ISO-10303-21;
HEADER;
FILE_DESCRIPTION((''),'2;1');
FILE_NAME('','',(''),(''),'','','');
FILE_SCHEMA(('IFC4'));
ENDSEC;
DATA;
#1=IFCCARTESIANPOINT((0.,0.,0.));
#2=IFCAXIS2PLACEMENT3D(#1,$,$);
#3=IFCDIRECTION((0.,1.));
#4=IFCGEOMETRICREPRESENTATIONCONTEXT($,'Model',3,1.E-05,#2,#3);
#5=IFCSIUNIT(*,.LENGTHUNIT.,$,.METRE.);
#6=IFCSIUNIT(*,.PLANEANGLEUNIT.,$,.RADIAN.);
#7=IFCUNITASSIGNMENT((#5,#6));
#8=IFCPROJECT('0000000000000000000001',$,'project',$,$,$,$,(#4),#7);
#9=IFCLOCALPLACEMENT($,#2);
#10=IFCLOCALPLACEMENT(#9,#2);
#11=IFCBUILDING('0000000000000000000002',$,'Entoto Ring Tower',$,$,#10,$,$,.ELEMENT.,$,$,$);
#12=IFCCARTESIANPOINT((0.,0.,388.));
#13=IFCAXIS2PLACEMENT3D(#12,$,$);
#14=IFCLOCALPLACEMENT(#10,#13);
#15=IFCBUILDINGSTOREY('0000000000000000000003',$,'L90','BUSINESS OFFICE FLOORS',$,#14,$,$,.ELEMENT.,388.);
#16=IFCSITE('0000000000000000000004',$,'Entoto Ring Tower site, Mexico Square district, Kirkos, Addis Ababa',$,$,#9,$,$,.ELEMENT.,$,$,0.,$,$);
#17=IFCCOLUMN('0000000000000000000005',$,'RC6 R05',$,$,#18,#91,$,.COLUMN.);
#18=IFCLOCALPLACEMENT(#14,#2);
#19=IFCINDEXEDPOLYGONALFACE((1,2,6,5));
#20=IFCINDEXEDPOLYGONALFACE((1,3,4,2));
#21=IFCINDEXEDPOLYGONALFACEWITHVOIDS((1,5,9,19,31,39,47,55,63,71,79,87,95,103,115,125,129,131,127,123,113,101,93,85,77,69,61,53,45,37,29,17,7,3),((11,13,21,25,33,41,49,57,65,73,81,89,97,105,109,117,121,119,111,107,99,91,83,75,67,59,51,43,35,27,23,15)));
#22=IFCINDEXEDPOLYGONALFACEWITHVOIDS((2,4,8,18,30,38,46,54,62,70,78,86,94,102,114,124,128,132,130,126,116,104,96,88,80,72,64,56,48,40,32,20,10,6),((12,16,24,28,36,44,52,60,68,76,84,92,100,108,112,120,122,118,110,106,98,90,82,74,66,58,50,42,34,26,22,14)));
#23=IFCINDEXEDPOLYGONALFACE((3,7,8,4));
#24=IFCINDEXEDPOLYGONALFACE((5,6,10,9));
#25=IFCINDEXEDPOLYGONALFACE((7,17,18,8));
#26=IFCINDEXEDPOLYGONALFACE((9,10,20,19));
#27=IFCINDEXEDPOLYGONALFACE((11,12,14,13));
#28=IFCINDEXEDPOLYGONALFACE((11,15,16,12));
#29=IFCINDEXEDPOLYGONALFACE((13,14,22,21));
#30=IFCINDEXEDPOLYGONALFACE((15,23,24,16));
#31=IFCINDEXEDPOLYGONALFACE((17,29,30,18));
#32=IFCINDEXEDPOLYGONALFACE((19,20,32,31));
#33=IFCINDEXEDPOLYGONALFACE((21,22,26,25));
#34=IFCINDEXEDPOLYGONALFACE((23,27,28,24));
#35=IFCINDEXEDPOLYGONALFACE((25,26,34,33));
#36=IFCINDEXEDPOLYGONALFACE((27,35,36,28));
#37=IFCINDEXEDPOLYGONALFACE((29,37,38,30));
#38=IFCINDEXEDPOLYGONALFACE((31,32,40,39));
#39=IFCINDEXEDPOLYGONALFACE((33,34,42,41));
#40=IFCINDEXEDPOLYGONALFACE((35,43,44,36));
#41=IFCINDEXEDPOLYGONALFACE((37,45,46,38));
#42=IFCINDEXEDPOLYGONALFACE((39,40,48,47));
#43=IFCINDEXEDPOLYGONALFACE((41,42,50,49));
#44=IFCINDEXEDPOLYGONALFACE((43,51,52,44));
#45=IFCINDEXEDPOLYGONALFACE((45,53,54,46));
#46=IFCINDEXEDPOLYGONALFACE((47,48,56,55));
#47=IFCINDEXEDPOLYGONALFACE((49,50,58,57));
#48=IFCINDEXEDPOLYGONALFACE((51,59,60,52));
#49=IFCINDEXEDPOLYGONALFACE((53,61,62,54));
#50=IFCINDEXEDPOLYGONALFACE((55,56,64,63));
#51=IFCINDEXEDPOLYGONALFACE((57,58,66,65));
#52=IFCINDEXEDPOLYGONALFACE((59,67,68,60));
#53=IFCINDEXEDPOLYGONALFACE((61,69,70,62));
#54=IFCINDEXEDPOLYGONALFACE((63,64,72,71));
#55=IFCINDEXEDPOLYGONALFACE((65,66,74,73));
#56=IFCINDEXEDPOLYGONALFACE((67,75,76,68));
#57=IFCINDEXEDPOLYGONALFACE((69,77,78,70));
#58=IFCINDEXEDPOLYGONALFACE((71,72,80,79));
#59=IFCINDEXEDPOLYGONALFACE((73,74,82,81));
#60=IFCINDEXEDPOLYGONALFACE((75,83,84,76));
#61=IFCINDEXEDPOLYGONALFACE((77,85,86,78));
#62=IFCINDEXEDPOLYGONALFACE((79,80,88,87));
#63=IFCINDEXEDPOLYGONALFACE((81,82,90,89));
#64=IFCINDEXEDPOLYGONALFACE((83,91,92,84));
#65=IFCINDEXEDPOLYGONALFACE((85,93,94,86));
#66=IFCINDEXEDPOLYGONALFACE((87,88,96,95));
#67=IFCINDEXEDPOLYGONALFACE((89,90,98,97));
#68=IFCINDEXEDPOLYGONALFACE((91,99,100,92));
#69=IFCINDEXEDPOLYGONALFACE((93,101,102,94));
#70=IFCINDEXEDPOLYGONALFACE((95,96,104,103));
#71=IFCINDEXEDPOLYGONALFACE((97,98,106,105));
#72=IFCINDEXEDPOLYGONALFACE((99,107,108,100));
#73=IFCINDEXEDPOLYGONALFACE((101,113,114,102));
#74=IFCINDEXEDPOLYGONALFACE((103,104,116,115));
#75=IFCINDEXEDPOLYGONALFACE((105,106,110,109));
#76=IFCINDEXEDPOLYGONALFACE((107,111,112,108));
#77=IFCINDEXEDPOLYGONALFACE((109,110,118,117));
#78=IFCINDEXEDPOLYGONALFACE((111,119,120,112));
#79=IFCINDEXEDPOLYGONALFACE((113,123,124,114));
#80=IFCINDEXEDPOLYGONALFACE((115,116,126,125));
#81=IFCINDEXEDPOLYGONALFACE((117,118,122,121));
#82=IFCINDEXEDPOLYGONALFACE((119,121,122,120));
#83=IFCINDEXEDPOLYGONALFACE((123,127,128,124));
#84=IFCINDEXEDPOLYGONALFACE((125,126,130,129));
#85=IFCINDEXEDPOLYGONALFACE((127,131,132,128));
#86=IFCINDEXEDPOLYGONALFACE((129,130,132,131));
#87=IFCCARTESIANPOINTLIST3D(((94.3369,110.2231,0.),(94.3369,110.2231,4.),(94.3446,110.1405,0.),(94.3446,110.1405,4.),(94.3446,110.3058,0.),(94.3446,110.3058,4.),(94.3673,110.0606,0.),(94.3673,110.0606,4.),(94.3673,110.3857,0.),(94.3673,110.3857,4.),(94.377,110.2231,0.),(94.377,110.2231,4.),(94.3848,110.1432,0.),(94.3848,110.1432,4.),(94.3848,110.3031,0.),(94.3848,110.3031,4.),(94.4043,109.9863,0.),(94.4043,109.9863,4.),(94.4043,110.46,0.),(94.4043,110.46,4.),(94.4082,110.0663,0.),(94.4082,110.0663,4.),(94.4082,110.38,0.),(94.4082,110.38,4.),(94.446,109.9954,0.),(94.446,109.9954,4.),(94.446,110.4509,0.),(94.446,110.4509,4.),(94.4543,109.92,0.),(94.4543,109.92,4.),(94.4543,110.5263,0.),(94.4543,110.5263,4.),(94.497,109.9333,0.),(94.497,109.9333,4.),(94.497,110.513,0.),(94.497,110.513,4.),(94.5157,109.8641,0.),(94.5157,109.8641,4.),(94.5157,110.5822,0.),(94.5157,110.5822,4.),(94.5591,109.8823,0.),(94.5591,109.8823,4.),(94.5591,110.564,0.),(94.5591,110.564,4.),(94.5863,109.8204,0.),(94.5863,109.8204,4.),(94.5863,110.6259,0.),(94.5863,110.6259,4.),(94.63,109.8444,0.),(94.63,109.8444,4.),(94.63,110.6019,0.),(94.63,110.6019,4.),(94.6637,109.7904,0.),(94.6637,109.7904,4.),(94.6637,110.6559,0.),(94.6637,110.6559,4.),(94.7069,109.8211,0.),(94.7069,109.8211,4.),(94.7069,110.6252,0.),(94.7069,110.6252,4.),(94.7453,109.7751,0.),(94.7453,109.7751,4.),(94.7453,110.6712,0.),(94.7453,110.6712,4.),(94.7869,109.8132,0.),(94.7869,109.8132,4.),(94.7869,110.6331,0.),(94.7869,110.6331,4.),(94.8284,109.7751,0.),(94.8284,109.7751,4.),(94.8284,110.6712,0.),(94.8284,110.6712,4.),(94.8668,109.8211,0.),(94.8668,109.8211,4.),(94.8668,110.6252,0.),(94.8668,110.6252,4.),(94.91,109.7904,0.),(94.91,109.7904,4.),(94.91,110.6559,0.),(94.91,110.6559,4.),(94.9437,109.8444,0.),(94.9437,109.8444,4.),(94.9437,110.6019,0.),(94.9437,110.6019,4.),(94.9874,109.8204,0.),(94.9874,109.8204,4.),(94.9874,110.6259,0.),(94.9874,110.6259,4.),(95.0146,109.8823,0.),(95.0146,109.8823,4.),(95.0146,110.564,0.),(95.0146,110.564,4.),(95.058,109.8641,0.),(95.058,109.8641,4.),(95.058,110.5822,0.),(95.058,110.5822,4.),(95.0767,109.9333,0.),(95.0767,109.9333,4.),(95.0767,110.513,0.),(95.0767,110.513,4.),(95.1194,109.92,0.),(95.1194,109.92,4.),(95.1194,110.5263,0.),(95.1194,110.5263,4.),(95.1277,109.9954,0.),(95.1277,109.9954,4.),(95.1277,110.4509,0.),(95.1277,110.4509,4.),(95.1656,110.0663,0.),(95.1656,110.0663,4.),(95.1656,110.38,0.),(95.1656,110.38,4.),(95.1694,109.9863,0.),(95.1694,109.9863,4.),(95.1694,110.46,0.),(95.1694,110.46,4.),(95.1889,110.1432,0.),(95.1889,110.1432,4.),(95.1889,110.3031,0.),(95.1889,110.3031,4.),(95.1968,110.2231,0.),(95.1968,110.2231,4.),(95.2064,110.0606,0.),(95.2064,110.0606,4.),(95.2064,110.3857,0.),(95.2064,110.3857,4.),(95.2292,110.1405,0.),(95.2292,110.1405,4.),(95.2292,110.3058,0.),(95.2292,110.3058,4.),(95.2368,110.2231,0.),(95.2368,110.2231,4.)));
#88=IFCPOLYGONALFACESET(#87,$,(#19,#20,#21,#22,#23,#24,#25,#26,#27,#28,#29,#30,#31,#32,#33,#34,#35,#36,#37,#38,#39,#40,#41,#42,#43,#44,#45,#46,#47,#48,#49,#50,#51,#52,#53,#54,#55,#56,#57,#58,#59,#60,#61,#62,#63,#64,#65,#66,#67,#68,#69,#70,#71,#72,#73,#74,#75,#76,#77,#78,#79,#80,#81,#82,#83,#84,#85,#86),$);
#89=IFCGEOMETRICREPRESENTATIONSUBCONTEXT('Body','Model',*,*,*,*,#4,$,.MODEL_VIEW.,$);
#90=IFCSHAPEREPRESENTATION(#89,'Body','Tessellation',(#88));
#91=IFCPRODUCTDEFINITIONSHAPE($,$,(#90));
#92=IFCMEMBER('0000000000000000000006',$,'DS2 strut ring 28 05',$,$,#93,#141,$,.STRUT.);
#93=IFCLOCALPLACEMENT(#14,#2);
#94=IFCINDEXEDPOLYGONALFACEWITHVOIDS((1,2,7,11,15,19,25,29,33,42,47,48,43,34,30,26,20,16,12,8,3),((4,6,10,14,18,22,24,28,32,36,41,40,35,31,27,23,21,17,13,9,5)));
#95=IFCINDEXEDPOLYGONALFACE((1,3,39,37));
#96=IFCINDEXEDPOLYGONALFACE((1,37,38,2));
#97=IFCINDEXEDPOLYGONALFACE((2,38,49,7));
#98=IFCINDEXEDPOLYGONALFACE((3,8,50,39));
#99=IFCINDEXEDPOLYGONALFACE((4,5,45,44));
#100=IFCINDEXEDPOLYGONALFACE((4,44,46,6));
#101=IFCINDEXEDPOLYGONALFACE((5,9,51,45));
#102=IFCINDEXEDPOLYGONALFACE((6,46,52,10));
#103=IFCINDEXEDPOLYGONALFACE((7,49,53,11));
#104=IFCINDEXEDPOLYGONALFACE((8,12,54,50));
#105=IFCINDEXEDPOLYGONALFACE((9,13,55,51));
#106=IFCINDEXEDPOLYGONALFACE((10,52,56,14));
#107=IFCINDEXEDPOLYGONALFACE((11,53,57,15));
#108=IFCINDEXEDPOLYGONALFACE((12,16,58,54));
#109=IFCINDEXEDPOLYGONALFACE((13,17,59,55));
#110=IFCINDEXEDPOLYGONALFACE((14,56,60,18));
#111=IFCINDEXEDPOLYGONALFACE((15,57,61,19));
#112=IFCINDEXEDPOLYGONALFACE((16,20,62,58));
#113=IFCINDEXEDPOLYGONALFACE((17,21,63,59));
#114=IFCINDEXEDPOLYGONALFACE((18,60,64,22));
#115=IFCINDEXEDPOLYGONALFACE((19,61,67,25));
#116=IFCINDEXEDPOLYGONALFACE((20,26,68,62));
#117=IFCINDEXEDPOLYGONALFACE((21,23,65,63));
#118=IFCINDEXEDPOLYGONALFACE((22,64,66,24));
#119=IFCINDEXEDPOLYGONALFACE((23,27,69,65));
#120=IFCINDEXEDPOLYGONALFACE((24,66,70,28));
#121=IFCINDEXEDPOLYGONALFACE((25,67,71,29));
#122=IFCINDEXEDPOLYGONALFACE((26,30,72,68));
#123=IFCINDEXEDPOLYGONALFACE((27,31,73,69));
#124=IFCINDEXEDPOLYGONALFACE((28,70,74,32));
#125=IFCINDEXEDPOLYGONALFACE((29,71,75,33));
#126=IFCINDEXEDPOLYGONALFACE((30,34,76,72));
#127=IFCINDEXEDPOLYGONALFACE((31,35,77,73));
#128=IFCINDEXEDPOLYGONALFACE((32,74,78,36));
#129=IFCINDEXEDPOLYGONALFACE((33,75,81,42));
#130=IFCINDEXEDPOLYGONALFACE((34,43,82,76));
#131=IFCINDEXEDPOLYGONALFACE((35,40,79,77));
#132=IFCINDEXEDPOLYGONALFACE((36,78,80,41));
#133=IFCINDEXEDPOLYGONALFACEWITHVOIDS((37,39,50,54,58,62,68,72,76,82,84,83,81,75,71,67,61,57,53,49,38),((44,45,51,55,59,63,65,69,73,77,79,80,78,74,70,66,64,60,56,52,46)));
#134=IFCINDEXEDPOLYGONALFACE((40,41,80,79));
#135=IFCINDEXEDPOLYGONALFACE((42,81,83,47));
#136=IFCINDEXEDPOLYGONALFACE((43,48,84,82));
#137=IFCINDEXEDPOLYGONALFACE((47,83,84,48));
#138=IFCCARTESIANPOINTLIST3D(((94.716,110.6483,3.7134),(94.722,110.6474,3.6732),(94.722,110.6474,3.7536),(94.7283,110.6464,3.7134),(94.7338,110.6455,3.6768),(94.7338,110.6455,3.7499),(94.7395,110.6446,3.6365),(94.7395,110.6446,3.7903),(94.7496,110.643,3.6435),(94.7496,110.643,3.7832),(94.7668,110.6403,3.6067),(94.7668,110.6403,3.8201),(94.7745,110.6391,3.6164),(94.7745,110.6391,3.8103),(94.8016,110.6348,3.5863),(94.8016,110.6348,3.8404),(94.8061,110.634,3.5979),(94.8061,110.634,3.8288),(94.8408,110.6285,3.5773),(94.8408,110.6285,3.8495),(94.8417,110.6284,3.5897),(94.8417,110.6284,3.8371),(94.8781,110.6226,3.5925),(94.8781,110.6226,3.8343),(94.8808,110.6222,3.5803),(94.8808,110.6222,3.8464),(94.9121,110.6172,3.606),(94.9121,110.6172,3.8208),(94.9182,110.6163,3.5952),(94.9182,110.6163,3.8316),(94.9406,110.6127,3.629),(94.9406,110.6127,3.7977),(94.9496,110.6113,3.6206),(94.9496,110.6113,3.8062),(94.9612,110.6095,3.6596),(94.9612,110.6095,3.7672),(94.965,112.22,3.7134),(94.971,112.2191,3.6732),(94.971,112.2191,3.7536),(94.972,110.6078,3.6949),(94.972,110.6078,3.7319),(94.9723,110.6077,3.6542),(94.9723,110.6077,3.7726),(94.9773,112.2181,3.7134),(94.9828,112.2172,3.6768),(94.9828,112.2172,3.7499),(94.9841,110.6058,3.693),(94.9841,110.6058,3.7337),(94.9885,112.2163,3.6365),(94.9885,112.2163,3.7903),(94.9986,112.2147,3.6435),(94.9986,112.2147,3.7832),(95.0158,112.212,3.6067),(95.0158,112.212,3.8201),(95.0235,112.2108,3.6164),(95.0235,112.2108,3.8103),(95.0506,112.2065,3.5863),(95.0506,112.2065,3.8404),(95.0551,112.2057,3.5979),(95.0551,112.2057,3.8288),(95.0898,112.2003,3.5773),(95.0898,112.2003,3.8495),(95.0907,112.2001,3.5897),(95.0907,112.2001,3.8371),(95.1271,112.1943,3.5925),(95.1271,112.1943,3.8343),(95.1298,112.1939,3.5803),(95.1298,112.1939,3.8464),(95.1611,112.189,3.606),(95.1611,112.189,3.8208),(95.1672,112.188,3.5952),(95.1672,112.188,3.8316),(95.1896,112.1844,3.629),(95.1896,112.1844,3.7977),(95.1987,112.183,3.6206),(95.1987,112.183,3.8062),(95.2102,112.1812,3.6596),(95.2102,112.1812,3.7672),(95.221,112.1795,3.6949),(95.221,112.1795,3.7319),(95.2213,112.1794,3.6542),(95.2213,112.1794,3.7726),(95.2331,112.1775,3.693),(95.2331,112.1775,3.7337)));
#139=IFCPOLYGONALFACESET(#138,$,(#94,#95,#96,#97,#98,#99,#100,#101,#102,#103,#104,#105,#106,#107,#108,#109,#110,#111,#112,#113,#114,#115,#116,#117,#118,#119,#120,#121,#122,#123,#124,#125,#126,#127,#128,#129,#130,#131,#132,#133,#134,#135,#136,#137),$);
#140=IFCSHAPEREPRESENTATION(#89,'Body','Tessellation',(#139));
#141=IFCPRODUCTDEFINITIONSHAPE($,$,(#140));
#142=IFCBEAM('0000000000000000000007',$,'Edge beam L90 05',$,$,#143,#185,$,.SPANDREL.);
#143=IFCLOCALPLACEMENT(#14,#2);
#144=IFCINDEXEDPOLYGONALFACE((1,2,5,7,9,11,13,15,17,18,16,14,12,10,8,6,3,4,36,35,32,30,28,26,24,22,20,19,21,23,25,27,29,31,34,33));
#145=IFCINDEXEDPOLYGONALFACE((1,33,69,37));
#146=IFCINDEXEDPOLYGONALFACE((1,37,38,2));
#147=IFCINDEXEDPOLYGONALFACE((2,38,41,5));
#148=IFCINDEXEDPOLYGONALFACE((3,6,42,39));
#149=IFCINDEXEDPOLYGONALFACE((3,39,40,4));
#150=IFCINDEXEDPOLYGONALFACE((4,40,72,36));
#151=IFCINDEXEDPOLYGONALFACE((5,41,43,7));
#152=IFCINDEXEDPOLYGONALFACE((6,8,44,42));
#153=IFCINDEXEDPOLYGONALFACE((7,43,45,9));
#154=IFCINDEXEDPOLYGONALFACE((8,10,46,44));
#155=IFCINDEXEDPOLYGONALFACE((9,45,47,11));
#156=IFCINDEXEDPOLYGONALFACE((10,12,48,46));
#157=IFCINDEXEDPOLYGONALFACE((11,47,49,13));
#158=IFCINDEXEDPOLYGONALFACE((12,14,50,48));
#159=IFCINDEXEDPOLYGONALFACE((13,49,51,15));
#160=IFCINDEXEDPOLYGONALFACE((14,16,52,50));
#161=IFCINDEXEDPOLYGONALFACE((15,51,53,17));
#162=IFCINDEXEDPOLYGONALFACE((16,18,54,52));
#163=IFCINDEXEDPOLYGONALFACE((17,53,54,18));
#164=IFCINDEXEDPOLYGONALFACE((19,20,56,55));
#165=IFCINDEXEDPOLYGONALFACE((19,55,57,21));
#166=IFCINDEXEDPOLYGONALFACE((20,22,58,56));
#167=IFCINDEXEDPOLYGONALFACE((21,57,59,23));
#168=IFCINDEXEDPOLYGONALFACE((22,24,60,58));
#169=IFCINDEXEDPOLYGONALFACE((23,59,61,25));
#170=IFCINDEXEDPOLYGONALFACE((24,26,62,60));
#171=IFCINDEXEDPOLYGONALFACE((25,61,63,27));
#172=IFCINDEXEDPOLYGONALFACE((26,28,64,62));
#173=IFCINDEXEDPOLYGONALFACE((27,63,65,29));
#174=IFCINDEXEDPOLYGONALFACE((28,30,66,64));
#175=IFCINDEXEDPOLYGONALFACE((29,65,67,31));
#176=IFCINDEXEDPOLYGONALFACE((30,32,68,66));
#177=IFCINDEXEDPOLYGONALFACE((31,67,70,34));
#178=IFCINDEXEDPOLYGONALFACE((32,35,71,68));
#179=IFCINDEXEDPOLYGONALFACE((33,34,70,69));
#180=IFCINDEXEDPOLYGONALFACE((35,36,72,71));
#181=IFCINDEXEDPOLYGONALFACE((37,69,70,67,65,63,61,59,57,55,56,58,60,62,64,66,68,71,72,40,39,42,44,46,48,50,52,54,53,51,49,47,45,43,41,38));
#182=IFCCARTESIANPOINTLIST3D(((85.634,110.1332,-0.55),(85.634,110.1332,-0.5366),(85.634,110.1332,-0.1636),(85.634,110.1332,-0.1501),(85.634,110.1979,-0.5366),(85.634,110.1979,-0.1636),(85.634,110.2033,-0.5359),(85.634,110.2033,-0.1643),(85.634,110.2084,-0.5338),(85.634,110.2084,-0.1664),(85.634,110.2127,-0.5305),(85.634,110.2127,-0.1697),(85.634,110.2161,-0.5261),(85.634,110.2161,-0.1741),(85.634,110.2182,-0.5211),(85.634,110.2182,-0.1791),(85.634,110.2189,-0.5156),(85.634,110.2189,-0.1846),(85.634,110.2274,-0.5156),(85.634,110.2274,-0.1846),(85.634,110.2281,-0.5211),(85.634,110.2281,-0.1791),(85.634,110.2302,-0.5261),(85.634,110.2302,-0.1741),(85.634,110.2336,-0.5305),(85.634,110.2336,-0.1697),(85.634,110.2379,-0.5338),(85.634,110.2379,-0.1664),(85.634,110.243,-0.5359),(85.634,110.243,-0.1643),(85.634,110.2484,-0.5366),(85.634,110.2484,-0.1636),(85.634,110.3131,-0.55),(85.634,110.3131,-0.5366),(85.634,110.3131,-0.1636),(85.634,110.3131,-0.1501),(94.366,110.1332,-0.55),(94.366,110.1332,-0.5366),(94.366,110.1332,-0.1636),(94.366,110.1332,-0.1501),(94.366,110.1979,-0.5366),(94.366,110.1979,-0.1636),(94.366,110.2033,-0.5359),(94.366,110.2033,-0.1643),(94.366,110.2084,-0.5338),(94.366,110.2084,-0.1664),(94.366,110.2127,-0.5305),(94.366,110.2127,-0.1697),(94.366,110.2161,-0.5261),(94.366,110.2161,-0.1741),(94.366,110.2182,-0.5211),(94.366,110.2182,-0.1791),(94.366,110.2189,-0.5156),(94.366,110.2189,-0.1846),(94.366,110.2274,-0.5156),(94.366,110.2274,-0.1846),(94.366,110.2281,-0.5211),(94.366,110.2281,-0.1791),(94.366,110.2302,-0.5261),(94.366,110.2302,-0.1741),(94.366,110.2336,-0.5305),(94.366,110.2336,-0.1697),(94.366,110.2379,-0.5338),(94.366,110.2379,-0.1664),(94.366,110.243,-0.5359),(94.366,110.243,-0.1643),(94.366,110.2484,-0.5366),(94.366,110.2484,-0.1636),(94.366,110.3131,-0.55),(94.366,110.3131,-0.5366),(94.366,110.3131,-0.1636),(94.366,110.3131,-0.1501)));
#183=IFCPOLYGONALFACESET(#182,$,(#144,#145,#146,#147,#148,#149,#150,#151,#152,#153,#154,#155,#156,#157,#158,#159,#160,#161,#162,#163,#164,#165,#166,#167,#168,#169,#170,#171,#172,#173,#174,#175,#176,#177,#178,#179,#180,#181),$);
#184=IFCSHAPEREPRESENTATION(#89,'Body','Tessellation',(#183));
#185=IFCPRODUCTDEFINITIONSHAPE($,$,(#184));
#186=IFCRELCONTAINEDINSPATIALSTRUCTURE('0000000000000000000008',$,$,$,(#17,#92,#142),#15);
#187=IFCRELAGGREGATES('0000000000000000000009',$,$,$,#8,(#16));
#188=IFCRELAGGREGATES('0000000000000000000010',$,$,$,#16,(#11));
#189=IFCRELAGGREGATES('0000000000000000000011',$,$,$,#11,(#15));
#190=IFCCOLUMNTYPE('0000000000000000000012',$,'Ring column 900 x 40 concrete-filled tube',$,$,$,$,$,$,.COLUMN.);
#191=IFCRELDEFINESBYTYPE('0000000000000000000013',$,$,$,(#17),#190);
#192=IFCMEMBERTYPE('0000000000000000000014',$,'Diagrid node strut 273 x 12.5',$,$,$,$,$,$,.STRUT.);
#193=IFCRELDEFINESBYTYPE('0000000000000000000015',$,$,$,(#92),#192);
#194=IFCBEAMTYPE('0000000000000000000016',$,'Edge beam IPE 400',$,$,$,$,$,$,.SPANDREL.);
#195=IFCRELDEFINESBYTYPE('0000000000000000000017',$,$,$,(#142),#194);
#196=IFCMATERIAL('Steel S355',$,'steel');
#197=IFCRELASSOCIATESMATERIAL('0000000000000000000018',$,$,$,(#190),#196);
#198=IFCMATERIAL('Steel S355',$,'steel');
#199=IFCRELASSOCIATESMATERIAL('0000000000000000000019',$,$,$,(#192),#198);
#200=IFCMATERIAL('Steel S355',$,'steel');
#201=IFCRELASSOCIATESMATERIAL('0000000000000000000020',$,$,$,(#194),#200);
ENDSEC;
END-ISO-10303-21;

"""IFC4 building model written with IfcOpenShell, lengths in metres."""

from ifc_helpers import new_model, si_unit, direction, frame, origin, origin_2d, place, context, subcontext, project, spatial, circle, hollow_circle, i_section, extrude, material, material_profile, profile_set, type_object, element, save


model = new_model("IFC4")

# Units and contexts
model_context = context("Model", 3, precision=1e-05, world=origin(), true_north=direction((0.0, 1.0)))
body_context = subcontext(model_context, "Body", "Model", "MODEL_VIEW")
ifc_project = project(units=[si_unit("LENGTHUNIT", "METRE"), si_unit("PLANEANGLEUNIT", "RADIAN")], contexts=[model_context])

# Site, building, storey
site_placement = place(None, origin())
site = spatial("IfcSite", under=ifc_project, at=site_placement, Name="Entoto Ring Tower site, Mexico Square district, Kirkos, Addis Ababa", CompositionType="ELEMENT", RefElevation=0.0)
building_placement = place(site_placement, origin())
building = spatial("IfcBuilding", under=site, at=building_placement, Name="Entoto Ring Tower", CompositionType="ELEMENT")
storey_placement = place(building_placement, frame((0.0, 0.0, 388.0)))
storey = spatial("IfcBuildingStorey", under=building, at=storey_placement, Name="L90", Description="BUSINESS OFFICE FLOORS", CompositionType="ELEMENT", Elevation=388.0)

# Column
ifc_material_1 = material(Name="Steel S355", Category="steel")
ifc_material_profile_1 = material_profile(ifc_material_1, hollow_circle(Radius=0.45, WallThickness=0.04, at=origin_2d()), Name="CHS 900 x 40")
ifc_material_2 = material(Name="Concrete C60/75", Category="concrete")
ifc_material_profile_2 = material_profile(ifc_material_2, circle(Radius=0.4099, at=origin_2d()), Name="Concrete C60/75 infill")
ifc_profile_set_1 = profile_set([ifc_material_profile_1, ifc_material_profile_2], Name="Steel S355")
column_type = type_object("IfcColumnType", Name="Ring column 900 x 40 concrete-filled tube", PredefinedType="COLUMN", material=ifc_profile_set_1)
column_placement = place(storey_placement, frame((94.7869, 110.2231, 0.0), z_axis=(0.0, 0.0, 1.0), x_axis=(1.0, 0.0, 0.0)))
element("IfcColumn", 1, at=column_placement, inside=storey, type_object=column_type, Name="RC6 R05", PredefinedType="COLUMN", context=body_context, shape_type="SweptSolid", body=[
    extrude(hollow_circle(Radius=0.45, WallThickness=0.04, at=origin_2d()), origin(), (0.0, 0.0, 1.0), 4.0),
])

# Member
ifc_material_3 = material(Name="Steel S355", Category="steel")
ifc_material_profile_3 = material_profile(ifc_material_3, hollow_circle(Radius=0.1365, WallThickness=0.0125, at=origin_2d()), Name="CHS 273 x 12.5")
ifc_material_4 = material(Name="Concrete C60/75", Category="concrete")
ifc_material_profile_4 = material_profile(ifc_material_4, circle(Radius=0.124, at=origin_2d()), Name="Concrete C60/75 infill")
ifc_profile_set_2 = profile_set([ifc_material_profile_3, ifc_material_profile_4], Name="Steel S355")
member_type = type_object("IfcMemberType", Name="Diagrid node strut 273 x 12.5", PredefinedType="STRUT", material=ifc_profile_set_2)
member_placement = place(storey_placement, frame((94.8508, 110.627, 3.7134), z_axis=(0.156483, 0.987681, 0.0), x_axis=(-0.987681, 0.156483, 0.0)))
element("IfcMember", 2, at=member_placement, inside=storey, type_object=member_type, Name="DS2 strut ring 28 05", PredefinedType="STRUT", context=body_context, shape_type="SweptSolid", body=[
    extrude(hollow_circle(Radius=0.1365, WallThickness=0.0125, at=origin_2d()), origin(), (0.0, 0.0, 1.0), 1.5913),
])

# Beam
ifc_material_5 = material(Name="Steel S355", Category="steel")
ifc_material_profile_5 = material_profile(ifc_material_5, i_section(OverallWidth=0.1799, OverallDepth=0.3999, WebThickness=0.0085, FlangeThickness=0.0134, FilletRadius=0.021, at=origin_2d()), Name="IPE 400")
ifc_profile_set_3 = profile_set([ifc_material_profile_5], Name="Steel S355")
beam_type_1 = type_object("IfcBeamType", Name="Edge beam IPE 400", PredefinedType="SPANDREL", material=ifc_profile_set_3)
beam_1_placement = place(storey_placement, frame((94.366, 110.2231, -0.3501), z_axis=(-1.0, 0.0, 0.0), x_axis=(0.0, -1.0, 0.0)))
element("IfcBeam", 3, at=beam_1_placement, inside=storey, type_object=beam_type_1, Name="Edge beam L90 05", PredefinedType="SPANDREL", context=body_context, shape_type="SweptSolid", body=[
    extrude(i_section(OverallWidth=0.1799, OverallDepth=0.3999, WebThickness=0.0085, FlangeThickness=0.0134, FilletRadius=0.021, at=origin_2d()), origin(), (0.0, 0.0, 1.0), 8.7319),
])

save(model, "model.ifc")
